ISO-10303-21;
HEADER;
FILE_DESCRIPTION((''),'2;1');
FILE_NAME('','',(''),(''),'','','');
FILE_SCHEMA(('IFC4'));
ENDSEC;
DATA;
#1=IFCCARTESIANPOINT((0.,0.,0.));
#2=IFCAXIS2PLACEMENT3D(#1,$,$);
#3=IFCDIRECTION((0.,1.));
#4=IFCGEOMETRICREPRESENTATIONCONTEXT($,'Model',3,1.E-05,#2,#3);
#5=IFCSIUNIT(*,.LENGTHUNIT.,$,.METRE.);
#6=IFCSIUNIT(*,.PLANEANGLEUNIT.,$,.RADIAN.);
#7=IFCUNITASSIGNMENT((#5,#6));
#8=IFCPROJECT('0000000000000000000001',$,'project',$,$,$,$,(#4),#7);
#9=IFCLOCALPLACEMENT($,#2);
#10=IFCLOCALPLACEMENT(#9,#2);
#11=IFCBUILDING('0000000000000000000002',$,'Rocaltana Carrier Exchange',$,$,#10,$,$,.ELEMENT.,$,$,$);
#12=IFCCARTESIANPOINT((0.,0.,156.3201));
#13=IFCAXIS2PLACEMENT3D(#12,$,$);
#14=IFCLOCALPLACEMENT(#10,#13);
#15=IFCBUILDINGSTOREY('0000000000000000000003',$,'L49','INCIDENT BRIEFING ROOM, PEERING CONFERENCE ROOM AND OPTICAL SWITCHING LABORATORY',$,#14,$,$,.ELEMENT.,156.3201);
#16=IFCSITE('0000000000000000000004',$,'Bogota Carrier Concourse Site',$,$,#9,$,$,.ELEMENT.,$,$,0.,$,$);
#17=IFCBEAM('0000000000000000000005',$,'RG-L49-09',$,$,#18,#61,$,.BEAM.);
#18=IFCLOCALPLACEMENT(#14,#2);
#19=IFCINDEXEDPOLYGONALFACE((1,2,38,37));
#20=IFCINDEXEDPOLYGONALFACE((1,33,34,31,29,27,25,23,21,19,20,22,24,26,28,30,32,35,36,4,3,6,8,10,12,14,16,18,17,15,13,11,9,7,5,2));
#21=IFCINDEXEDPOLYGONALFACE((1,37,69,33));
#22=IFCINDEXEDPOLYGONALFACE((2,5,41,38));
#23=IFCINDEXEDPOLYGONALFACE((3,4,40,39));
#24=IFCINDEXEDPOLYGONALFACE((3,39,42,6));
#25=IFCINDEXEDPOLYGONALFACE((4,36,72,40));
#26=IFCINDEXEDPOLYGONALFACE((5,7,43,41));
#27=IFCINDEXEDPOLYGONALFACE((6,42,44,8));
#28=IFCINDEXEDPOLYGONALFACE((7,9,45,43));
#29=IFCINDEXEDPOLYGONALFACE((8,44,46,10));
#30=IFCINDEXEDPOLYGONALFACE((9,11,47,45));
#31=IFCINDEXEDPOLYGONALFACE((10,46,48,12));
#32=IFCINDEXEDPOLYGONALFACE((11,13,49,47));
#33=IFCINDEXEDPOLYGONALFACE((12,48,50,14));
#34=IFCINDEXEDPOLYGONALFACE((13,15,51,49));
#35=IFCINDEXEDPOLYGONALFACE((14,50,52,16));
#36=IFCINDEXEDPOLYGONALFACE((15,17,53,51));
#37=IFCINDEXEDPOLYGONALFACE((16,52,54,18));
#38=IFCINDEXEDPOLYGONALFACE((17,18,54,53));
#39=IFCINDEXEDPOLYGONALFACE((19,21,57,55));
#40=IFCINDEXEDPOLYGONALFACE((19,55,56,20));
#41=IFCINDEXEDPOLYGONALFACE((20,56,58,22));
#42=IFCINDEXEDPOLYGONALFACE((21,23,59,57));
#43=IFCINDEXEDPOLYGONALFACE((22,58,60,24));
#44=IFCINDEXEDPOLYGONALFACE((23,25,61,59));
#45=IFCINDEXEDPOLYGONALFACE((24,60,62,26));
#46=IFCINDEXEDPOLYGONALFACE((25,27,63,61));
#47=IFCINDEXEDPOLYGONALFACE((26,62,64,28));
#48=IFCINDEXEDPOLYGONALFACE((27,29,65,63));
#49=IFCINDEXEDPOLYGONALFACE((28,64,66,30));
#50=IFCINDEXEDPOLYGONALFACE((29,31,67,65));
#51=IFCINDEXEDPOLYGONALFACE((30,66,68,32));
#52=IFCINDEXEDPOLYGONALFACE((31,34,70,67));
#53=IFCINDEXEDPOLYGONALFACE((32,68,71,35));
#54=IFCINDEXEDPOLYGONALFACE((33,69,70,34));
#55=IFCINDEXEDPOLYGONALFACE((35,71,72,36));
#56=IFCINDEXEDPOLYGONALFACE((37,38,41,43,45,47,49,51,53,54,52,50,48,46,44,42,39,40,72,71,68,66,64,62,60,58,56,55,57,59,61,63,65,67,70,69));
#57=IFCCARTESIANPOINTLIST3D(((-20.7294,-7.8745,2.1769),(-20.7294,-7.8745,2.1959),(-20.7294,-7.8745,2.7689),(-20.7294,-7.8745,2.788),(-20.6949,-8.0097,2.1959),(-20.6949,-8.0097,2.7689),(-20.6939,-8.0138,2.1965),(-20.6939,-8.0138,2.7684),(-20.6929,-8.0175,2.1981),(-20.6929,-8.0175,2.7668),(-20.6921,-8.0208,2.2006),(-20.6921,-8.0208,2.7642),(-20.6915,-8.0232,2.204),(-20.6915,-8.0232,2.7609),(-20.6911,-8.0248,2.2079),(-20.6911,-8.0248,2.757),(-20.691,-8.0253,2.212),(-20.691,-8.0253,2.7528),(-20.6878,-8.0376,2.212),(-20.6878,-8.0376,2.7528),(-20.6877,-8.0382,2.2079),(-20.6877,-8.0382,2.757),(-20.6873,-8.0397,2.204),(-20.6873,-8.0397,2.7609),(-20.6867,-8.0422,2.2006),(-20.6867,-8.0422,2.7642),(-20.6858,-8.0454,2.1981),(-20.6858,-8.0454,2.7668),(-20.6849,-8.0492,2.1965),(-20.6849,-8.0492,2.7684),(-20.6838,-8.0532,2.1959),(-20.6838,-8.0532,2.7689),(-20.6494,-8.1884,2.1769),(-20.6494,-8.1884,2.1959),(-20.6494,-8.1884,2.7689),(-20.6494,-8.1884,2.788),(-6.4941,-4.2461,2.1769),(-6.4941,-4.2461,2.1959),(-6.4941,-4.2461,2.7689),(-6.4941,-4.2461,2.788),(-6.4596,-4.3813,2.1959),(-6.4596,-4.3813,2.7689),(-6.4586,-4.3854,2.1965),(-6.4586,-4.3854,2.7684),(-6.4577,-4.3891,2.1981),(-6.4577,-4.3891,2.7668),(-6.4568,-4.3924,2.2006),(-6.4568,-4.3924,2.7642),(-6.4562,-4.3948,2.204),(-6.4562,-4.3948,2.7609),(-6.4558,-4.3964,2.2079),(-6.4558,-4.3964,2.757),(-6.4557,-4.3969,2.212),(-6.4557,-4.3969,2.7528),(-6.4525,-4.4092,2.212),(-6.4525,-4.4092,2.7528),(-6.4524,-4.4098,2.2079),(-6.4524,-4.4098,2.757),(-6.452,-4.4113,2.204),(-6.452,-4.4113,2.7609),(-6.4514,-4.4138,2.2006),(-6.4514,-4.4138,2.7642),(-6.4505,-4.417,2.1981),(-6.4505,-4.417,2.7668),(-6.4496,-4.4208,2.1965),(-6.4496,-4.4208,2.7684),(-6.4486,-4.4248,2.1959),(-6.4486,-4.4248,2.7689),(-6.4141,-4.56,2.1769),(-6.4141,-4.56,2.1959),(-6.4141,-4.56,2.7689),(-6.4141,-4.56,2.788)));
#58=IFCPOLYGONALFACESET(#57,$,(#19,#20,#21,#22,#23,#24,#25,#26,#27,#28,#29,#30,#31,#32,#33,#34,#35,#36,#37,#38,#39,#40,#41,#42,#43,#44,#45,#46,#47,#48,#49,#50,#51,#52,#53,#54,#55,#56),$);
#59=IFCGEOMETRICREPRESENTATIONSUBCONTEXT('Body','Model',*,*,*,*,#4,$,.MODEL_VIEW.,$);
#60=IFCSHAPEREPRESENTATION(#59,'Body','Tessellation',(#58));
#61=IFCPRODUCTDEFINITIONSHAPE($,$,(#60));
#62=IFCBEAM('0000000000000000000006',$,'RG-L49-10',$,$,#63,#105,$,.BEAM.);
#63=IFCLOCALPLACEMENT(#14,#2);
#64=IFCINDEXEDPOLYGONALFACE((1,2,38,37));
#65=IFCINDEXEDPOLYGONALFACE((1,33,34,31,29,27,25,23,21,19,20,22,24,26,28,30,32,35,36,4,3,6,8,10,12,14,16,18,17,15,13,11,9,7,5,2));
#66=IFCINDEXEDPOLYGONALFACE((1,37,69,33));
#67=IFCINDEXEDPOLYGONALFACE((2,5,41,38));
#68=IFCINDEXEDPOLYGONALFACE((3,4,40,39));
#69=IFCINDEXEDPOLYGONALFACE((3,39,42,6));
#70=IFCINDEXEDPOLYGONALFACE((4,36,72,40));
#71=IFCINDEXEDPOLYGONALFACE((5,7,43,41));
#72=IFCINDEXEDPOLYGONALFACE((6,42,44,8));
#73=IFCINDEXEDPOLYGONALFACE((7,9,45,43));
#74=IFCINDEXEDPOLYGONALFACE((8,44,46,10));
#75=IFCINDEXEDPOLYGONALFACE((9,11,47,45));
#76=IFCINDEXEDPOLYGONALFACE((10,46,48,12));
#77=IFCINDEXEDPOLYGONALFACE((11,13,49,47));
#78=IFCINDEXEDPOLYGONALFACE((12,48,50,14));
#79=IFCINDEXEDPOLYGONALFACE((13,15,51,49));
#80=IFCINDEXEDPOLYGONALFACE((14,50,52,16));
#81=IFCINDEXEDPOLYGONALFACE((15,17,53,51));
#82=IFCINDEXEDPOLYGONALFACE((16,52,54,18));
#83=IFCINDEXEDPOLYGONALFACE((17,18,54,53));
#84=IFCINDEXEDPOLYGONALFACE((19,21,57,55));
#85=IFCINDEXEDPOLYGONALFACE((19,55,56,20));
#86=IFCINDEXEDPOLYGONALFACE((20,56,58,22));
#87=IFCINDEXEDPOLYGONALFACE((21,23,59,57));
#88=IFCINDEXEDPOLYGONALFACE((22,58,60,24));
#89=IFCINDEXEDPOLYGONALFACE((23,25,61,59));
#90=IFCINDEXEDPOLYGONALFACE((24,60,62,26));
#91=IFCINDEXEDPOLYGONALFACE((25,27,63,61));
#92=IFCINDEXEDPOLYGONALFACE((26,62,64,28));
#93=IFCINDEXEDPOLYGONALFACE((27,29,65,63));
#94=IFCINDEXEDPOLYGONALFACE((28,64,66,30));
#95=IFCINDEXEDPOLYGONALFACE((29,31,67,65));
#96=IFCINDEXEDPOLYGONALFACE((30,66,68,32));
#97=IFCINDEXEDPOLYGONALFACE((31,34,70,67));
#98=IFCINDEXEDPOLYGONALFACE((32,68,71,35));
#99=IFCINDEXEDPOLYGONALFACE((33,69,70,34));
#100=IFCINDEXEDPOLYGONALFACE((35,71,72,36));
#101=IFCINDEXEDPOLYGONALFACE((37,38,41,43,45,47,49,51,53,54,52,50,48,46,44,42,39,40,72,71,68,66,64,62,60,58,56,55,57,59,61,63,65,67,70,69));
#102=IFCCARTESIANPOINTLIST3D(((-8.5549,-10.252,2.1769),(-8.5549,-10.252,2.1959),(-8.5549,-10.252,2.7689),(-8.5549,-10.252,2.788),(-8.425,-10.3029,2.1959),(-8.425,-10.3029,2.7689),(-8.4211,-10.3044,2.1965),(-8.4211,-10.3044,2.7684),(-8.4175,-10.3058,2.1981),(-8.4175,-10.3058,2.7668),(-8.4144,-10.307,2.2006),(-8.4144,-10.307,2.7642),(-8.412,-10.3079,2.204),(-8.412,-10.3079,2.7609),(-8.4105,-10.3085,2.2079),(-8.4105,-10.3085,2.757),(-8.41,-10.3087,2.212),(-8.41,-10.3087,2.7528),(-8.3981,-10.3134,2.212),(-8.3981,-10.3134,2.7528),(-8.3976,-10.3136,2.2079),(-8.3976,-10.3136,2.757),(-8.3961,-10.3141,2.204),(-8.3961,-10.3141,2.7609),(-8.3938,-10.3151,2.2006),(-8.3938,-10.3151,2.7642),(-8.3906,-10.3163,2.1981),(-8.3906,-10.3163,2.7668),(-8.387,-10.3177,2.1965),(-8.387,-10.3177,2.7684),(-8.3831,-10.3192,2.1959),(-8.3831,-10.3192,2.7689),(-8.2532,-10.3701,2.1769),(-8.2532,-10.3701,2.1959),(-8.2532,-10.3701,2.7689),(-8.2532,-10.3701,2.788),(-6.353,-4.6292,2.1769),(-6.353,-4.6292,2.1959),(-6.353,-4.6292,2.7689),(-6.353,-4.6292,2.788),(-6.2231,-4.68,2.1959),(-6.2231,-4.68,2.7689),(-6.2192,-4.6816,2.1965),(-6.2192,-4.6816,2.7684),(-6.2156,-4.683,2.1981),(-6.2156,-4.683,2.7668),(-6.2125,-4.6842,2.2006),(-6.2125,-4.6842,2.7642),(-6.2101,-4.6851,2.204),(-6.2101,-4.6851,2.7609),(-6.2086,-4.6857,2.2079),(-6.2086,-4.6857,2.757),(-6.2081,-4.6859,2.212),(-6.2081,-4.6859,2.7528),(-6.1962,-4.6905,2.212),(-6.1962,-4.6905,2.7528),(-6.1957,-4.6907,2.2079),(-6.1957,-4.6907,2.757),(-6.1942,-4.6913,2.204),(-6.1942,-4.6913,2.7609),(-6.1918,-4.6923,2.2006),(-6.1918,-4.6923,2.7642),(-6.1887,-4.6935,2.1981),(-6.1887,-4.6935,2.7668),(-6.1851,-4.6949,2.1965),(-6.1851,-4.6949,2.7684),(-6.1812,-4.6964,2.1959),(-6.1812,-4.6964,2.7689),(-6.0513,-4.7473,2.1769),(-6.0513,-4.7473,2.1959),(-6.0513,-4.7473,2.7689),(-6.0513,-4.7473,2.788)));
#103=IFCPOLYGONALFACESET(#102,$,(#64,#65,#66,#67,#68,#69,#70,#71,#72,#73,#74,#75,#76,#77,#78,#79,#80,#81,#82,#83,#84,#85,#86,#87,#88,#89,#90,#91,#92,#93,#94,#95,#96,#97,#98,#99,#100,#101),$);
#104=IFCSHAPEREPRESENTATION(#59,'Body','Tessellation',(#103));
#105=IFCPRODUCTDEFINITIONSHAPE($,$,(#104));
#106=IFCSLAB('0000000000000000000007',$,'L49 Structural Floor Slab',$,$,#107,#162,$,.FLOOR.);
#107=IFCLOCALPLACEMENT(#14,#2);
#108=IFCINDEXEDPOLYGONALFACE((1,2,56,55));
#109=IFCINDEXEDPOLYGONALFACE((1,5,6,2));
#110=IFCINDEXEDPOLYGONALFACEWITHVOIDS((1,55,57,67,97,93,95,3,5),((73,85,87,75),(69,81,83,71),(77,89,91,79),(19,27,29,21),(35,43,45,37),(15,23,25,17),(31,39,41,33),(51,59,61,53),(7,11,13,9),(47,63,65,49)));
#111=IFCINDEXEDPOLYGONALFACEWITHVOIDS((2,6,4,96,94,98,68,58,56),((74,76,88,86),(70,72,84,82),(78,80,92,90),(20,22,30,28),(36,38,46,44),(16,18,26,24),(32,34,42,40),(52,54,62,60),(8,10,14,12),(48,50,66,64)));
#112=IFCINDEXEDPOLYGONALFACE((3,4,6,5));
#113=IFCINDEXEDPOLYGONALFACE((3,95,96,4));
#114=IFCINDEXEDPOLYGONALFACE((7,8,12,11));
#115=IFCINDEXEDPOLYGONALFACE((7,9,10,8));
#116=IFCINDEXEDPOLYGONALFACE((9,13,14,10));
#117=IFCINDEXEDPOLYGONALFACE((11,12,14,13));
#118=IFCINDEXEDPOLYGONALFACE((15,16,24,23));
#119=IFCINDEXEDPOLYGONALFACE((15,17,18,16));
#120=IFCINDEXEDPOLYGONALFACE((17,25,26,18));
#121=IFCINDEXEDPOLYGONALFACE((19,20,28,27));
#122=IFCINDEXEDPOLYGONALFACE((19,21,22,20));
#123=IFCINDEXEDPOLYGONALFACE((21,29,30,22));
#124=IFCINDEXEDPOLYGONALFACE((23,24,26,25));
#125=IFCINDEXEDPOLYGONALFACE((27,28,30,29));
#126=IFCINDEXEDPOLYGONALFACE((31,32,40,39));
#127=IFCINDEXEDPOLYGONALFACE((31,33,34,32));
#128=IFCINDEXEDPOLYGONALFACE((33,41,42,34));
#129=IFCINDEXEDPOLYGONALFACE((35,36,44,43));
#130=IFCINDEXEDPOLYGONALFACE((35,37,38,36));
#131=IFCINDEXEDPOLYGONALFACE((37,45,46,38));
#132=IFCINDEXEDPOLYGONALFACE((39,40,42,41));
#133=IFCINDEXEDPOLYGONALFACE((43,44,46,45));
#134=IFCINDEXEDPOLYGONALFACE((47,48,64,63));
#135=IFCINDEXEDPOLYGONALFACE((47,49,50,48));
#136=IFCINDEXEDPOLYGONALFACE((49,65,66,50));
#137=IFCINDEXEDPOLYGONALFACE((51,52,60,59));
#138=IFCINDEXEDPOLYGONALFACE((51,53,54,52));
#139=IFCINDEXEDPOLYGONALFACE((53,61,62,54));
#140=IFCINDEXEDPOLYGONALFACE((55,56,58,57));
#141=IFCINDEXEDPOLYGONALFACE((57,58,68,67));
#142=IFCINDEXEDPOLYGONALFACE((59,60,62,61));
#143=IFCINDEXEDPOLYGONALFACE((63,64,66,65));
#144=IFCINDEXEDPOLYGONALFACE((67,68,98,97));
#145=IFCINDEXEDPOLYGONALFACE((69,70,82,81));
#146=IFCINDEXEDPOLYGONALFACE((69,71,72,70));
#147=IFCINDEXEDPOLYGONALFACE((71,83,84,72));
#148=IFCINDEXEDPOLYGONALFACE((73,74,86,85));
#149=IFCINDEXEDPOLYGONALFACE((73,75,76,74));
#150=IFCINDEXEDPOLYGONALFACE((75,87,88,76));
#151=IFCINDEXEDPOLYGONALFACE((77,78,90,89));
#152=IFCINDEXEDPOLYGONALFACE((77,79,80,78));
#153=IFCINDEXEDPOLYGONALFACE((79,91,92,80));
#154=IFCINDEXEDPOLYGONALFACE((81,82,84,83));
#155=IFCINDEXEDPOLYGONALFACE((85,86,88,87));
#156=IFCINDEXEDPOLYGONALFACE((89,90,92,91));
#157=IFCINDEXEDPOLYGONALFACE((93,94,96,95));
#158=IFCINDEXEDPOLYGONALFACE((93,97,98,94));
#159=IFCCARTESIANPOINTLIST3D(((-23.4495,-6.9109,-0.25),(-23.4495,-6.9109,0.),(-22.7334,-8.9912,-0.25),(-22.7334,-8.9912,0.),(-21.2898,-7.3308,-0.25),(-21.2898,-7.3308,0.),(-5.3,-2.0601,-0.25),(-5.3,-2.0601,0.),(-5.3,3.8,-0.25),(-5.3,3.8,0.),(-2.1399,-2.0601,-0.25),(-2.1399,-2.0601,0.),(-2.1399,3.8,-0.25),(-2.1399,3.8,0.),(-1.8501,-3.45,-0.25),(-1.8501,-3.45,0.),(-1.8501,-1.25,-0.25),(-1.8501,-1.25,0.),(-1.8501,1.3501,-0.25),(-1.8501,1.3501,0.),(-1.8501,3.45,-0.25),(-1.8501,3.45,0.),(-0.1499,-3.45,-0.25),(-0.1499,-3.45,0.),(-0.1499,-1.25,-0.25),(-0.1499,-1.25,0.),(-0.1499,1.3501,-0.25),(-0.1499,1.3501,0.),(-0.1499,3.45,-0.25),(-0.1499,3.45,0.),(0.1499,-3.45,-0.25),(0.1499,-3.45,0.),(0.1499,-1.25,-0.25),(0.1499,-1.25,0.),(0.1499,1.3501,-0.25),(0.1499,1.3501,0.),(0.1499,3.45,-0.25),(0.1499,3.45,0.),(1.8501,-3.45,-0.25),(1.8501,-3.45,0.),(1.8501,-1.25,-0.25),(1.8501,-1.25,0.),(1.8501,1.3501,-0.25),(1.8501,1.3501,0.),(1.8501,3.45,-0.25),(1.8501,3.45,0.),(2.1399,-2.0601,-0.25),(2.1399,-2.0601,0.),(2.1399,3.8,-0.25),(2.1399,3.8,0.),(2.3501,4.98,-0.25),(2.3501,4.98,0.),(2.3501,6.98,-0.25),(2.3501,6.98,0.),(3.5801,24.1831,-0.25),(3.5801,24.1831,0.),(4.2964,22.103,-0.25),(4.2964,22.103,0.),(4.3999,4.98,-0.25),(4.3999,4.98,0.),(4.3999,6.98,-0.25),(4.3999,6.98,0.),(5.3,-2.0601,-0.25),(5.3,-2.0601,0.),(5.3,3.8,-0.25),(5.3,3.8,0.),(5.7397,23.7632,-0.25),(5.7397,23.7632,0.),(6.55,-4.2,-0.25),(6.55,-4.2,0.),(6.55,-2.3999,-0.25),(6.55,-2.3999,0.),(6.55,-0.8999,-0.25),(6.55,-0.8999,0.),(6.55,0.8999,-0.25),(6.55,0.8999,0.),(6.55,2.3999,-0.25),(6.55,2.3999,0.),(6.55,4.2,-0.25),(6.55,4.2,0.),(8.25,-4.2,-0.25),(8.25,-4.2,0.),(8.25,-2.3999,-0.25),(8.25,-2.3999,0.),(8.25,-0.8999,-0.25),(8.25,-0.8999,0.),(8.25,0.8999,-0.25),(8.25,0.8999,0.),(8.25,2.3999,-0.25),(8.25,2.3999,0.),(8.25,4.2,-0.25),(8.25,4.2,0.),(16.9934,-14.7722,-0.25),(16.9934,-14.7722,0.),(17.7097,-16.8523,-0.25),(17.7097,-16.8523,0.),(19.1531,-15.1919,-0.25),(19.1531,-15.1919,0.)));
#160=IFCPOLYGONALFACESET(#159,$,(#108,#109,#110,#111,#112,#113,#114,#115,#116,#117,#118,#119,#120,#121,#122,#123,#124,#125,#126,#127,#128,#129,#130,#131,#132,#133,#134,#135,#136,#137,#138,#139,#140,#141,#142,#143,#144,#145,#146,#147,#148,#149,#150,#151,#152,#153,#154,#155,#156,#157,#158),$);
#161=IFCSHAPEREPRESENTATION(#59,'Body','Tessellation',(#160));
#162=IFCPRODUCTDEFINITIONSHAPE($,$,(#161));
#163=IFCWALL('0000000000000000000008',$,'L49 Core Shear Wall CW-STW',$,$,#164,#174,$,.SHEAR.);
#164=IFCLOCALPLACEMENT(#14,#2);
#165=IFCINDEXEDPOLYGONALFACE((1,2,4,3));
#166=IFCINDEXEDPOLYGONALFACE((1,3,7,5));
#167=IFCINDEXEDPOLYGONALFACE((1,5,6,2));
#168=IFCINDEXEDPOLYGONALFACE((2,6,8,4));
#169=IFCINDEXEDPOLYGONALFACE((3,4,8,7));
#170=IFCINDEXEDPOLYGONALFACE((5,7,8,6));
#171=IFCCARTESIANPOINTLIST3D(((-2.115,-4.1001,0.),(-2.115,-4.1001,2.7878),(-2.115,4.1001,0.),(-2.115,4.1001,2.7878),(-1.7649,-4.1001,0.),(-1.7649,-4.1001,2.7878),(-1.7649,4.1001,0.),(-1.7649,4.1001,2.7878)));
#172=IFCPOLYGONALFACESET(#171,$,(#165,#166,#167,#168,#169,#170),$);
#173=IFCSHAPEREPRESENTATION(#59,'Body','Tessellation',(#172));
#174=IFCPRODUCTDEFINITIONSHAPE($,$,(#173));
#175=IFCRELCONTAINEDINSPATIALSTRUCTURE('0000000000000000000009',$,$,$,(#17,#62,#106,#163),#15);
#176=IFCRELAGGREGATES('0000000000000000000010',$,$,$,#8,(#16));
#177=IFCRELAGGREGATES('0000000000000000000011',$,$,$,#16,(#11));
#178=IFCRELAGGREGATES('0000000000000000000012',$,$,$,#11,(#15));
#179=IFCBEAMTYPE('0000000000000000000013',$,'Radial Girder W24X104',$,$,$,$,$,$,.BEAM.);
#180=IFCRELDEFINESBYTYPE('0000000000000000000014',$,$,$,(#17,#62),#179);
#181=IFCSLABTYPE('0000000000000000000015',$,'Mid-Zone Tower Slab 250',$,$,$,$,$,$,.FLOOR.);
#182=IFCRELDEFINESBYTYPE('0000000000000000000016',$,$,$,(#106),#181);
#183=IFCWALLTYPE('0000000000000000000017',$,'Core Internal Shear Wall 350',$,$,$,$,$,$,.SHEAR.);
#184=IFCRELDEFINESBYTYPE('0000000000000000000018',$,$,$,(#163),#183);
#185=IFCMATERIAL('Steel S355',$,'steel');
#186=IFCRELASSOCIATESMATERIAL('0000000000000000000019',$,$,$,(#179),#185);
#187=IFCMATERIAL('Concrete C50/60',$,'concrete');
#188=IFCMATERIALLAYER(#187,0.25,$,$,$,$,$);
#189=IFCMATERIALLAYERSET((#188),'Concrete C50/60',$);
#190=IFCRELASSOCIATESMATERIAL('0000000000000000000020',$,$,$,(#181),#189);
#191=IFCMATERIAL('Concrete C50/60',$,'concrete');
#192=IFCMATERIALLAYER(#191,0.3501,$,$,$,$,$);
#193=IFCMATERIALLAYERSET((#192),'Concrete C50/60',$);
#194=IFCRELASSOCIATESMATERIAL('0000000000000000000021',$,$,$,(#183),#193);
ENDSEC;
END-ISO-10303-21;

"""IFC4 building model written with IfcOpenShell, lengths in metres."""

from ifc_helpers import new_model, si_unit, direction, frame, frame_2d, origin, origin_2d, place, context, subcontext, project, spatial, polyline, rectangle, i_section, outline, extrude, material, layer, layer_set, material_profile, profile_set, type_object, element, save


model = new_model("IFC4")

# Units and contexts
model_context = context("Model", 3, precision=1e-05, world=origin(), true_north=direction((0.0, 1.0)))
body_context = subcontext(model_context, "Body", "Model", "MODEL_VIEW")
ifc_project = project(units=[si_unit("LENGTHUNIT", "METRE"), si_unit("PLANEANGLEUNIT", "RADIAN")], contexts=[model_context])

# Site, building, storey
site_placement = place(None, origin())
site = spatial("IfcSite", under=ifc_project, at=site_placement, Name="Bogota Carrier Concourse Site", CompositionType="ELEMENT", RefElevation=0.0)
building_placement = place(site_placement, origin())
building = spatial("IfcBuilding", under=site, at=building_placement, Name="Rocaltana Carrier Exchange", CompositionType="ELEMENT")
storey_placement = place(building_placement, frame((0.0, 0.0, 156.3201)))
storey = spatial("IfcBuildingStorey", under=building, at=storey_placement, Name="L49", Description="INCIDENT BRIEFING ROOM, PEERING CONFERENCE ROOM AND OPTICAL SWITCHING LABORATORY", CompositionType="ELEMENT", Elevation=156.3201)

# Beams
ifc_material_1 = material(Name="Steel S355", Category="steel")
ifc_material_profile_1 = material_profile(ifc_material_1, i_section(OverallWidth=0.324, OverallDepth=0.6111, WebThickness=0.0127, FlangeThickness=0.019, FilletRadius=0.0161, at=origin_2d()), Name="W24X104")
ifc_profile_set_1 = profile_set([ifc_material_profile_1], Name="Steel S355")
beam_type = type_object("IfcBeamType", Name="Radial Girder W24X104", PredefinedType="BEAM", material=ifc_profile_set_1)
beam_1_placement = place(storey_placement, frame((-6.4541, -4.4031, 2.4824), z_axis=(-0.969018, -0.246991, 0.0), x_axis=(0.246991, -0.969018, 0.0)))
element("IfcBeam", 1, at=beam_1_placement, inside=storey, type_object=beam_type, Name="RG-L49-09", PredefinedType="BEAM", context=body_context, shape_type="SweptSolid", body=[
    extrude(i_section(OverallWidth=0.324, OverallDepth=0.6111, WebThickness=0.0127, FlangeThickness=0.019, FilletRadius=0.0161, at=origin_2d()), origin(), (0.0, 0.0, 1.0), 14.6904),
])
beam_2_placement = place(storey_placement, frame((-6.2021, -4.6882, 2.4824), z_axis=(-0.36464, -0.931148, 0.0), x_axis=(0.931148, -0.36464, 0.0)))
element("IfcBeam", 2, at=beam_2_placement, inside=storey, type_object=beam_type, Name="RG-L49-10", PredefinedType="BEAM", context=body_context, shape_type="SweptSolid", body=[
    extrude(i_section(OverallWidth=0.324, OverallDepth=0.6111, WebThickness=0.0127, FlangeThickness=0.019, FilletRadius=0.0161, at=origin_2d()), origin(), (0.0, 0.0, 1.0), 6.0386),
])

# Slab
ifc_material_2 = material(Name="Concrete C50/60", Category="concrete")
ifc_layer_1 = layer(ifc_material_2, 0.25)
ifc_layer_set_1 = layer_set([ifc_layer_1], Name="Concrete C50/60")
slab_type = type_object("IfcSlabType", Name="Mid-Zone Tower Slab 250", PredefinedType="FLOOR", material=ifc_layer_set_1)
slab_placement = place(storey_placement, frame((0.0, 0.0, -0.25)))
element("IfcSlab", 3, at=slab_placement, inside=storey, type_object=slab_type, Name="L49 Structural Floor Slab", PredefinedType="FLOOR", context=body_context, shape_type="SweptSolid", body=[
    extrude(outline(polyline([(17.7097, -16.8523), (16.9934, -14.7722), (19.1531, -15.1919), (5.7397, 23.7632), (4.2964, 22.103), (3.5801, 24.1831), (-23.4495, -6.9109), (-21.2898, -7.3308), (-22.7334, -8.9912), (17.7097, -16.8523)]), holes=[polyline([(-5.3, -2.0601), (-2.1399, -2.0601), (-2.1399, 3.8), (-5.3, 3.8), (-5.3, -2.0601)]), polyline([(2.1399, -2.0601), (5.3, -2.0601), (5.3, 3.8), (2.1399, 3.8), (2.1399, -2.0601)]), polyline([(-1.8501, -3.45), (-0.1499, -3.45), (-0.1499, -1.25), (-1.8501, -1.25), (-1.8501, -3.45)]), polyline([(0.1499, -3.45), (1.8501, -3.45), (1.8501, -1.25), (0.1499, -1.25), (0.1499, -3.45)]), polyline([(2.3501, 4.98), (4.3999, 4.98), (4.3999, 6.98), (2.3501, 6.98), (2.3501, 4.98)]), polyline([(-1.8501, 1.3501), (-0.1499, 1.3501), (-0.1499, 3.45), (-1.8501, 3.45), (-1.8501, 1.3501)]), polyline([(0.1499, 1.3501), (1.8501, 1.3501), (1.8501, 3.45), (0.1499, 3.45), (0.1499, 1.3501)]), polyline([(6.55, -4.2), (8.25, -4.2), (8.25, -2.3999), (6.55, -2.3999), (6.55, -4.2)]), polyline([(6.55, -0.8999), (8.25, -0.8999), (8.25, 0.8999), (6.55, 0.8999), (6.55, -0.8999)]), polyline([(6.55, 2.3999), (8.25, 2.3999), (8.25, 4.2), (6.55, 4.2), (6.55, 2.3999)])]), origin(), (0.0, 0.0, 1.0), 0.25),
])

# Wall
ifc_material_3 = material(Name="Concrete C50/60", Category="concrete")
ifc_layer_2 = layer(ifc_material_3, 0.3501)
ifc_layer_set_2 = layer_set([ifc_layer_2], Name="Concrete C50/60")
wall_type_1 = type_object("IfcWallType", Name="Core Internal Shear Wall 350", PredefinedType="SHEAR", material=ifc_layer_set_2)
wall_1_placement = place(storey_placement, frame((-1.9399, -4.1001, 0.0), z_axis=(0.0, 0.0, 1.0), x_axis=(0.0, 1.0, 0.0)))
element("IfcWall", 4, at=wall_1_placement, inside=storey, type_object=wall_type_1, Name="L49 Core Shear Wall CW-STW", PredefinedType="SHEAR", context=body_context, shape_type="SweptSolid", body=[
    extrude(rectangle(XDim=8.2002, YDim=0.3501, at=frame_2d((4.1001, 0.0))), origin(), (0.0, 0.0, 1.0), 2.7878),
])

save(model, "model.ifc")
